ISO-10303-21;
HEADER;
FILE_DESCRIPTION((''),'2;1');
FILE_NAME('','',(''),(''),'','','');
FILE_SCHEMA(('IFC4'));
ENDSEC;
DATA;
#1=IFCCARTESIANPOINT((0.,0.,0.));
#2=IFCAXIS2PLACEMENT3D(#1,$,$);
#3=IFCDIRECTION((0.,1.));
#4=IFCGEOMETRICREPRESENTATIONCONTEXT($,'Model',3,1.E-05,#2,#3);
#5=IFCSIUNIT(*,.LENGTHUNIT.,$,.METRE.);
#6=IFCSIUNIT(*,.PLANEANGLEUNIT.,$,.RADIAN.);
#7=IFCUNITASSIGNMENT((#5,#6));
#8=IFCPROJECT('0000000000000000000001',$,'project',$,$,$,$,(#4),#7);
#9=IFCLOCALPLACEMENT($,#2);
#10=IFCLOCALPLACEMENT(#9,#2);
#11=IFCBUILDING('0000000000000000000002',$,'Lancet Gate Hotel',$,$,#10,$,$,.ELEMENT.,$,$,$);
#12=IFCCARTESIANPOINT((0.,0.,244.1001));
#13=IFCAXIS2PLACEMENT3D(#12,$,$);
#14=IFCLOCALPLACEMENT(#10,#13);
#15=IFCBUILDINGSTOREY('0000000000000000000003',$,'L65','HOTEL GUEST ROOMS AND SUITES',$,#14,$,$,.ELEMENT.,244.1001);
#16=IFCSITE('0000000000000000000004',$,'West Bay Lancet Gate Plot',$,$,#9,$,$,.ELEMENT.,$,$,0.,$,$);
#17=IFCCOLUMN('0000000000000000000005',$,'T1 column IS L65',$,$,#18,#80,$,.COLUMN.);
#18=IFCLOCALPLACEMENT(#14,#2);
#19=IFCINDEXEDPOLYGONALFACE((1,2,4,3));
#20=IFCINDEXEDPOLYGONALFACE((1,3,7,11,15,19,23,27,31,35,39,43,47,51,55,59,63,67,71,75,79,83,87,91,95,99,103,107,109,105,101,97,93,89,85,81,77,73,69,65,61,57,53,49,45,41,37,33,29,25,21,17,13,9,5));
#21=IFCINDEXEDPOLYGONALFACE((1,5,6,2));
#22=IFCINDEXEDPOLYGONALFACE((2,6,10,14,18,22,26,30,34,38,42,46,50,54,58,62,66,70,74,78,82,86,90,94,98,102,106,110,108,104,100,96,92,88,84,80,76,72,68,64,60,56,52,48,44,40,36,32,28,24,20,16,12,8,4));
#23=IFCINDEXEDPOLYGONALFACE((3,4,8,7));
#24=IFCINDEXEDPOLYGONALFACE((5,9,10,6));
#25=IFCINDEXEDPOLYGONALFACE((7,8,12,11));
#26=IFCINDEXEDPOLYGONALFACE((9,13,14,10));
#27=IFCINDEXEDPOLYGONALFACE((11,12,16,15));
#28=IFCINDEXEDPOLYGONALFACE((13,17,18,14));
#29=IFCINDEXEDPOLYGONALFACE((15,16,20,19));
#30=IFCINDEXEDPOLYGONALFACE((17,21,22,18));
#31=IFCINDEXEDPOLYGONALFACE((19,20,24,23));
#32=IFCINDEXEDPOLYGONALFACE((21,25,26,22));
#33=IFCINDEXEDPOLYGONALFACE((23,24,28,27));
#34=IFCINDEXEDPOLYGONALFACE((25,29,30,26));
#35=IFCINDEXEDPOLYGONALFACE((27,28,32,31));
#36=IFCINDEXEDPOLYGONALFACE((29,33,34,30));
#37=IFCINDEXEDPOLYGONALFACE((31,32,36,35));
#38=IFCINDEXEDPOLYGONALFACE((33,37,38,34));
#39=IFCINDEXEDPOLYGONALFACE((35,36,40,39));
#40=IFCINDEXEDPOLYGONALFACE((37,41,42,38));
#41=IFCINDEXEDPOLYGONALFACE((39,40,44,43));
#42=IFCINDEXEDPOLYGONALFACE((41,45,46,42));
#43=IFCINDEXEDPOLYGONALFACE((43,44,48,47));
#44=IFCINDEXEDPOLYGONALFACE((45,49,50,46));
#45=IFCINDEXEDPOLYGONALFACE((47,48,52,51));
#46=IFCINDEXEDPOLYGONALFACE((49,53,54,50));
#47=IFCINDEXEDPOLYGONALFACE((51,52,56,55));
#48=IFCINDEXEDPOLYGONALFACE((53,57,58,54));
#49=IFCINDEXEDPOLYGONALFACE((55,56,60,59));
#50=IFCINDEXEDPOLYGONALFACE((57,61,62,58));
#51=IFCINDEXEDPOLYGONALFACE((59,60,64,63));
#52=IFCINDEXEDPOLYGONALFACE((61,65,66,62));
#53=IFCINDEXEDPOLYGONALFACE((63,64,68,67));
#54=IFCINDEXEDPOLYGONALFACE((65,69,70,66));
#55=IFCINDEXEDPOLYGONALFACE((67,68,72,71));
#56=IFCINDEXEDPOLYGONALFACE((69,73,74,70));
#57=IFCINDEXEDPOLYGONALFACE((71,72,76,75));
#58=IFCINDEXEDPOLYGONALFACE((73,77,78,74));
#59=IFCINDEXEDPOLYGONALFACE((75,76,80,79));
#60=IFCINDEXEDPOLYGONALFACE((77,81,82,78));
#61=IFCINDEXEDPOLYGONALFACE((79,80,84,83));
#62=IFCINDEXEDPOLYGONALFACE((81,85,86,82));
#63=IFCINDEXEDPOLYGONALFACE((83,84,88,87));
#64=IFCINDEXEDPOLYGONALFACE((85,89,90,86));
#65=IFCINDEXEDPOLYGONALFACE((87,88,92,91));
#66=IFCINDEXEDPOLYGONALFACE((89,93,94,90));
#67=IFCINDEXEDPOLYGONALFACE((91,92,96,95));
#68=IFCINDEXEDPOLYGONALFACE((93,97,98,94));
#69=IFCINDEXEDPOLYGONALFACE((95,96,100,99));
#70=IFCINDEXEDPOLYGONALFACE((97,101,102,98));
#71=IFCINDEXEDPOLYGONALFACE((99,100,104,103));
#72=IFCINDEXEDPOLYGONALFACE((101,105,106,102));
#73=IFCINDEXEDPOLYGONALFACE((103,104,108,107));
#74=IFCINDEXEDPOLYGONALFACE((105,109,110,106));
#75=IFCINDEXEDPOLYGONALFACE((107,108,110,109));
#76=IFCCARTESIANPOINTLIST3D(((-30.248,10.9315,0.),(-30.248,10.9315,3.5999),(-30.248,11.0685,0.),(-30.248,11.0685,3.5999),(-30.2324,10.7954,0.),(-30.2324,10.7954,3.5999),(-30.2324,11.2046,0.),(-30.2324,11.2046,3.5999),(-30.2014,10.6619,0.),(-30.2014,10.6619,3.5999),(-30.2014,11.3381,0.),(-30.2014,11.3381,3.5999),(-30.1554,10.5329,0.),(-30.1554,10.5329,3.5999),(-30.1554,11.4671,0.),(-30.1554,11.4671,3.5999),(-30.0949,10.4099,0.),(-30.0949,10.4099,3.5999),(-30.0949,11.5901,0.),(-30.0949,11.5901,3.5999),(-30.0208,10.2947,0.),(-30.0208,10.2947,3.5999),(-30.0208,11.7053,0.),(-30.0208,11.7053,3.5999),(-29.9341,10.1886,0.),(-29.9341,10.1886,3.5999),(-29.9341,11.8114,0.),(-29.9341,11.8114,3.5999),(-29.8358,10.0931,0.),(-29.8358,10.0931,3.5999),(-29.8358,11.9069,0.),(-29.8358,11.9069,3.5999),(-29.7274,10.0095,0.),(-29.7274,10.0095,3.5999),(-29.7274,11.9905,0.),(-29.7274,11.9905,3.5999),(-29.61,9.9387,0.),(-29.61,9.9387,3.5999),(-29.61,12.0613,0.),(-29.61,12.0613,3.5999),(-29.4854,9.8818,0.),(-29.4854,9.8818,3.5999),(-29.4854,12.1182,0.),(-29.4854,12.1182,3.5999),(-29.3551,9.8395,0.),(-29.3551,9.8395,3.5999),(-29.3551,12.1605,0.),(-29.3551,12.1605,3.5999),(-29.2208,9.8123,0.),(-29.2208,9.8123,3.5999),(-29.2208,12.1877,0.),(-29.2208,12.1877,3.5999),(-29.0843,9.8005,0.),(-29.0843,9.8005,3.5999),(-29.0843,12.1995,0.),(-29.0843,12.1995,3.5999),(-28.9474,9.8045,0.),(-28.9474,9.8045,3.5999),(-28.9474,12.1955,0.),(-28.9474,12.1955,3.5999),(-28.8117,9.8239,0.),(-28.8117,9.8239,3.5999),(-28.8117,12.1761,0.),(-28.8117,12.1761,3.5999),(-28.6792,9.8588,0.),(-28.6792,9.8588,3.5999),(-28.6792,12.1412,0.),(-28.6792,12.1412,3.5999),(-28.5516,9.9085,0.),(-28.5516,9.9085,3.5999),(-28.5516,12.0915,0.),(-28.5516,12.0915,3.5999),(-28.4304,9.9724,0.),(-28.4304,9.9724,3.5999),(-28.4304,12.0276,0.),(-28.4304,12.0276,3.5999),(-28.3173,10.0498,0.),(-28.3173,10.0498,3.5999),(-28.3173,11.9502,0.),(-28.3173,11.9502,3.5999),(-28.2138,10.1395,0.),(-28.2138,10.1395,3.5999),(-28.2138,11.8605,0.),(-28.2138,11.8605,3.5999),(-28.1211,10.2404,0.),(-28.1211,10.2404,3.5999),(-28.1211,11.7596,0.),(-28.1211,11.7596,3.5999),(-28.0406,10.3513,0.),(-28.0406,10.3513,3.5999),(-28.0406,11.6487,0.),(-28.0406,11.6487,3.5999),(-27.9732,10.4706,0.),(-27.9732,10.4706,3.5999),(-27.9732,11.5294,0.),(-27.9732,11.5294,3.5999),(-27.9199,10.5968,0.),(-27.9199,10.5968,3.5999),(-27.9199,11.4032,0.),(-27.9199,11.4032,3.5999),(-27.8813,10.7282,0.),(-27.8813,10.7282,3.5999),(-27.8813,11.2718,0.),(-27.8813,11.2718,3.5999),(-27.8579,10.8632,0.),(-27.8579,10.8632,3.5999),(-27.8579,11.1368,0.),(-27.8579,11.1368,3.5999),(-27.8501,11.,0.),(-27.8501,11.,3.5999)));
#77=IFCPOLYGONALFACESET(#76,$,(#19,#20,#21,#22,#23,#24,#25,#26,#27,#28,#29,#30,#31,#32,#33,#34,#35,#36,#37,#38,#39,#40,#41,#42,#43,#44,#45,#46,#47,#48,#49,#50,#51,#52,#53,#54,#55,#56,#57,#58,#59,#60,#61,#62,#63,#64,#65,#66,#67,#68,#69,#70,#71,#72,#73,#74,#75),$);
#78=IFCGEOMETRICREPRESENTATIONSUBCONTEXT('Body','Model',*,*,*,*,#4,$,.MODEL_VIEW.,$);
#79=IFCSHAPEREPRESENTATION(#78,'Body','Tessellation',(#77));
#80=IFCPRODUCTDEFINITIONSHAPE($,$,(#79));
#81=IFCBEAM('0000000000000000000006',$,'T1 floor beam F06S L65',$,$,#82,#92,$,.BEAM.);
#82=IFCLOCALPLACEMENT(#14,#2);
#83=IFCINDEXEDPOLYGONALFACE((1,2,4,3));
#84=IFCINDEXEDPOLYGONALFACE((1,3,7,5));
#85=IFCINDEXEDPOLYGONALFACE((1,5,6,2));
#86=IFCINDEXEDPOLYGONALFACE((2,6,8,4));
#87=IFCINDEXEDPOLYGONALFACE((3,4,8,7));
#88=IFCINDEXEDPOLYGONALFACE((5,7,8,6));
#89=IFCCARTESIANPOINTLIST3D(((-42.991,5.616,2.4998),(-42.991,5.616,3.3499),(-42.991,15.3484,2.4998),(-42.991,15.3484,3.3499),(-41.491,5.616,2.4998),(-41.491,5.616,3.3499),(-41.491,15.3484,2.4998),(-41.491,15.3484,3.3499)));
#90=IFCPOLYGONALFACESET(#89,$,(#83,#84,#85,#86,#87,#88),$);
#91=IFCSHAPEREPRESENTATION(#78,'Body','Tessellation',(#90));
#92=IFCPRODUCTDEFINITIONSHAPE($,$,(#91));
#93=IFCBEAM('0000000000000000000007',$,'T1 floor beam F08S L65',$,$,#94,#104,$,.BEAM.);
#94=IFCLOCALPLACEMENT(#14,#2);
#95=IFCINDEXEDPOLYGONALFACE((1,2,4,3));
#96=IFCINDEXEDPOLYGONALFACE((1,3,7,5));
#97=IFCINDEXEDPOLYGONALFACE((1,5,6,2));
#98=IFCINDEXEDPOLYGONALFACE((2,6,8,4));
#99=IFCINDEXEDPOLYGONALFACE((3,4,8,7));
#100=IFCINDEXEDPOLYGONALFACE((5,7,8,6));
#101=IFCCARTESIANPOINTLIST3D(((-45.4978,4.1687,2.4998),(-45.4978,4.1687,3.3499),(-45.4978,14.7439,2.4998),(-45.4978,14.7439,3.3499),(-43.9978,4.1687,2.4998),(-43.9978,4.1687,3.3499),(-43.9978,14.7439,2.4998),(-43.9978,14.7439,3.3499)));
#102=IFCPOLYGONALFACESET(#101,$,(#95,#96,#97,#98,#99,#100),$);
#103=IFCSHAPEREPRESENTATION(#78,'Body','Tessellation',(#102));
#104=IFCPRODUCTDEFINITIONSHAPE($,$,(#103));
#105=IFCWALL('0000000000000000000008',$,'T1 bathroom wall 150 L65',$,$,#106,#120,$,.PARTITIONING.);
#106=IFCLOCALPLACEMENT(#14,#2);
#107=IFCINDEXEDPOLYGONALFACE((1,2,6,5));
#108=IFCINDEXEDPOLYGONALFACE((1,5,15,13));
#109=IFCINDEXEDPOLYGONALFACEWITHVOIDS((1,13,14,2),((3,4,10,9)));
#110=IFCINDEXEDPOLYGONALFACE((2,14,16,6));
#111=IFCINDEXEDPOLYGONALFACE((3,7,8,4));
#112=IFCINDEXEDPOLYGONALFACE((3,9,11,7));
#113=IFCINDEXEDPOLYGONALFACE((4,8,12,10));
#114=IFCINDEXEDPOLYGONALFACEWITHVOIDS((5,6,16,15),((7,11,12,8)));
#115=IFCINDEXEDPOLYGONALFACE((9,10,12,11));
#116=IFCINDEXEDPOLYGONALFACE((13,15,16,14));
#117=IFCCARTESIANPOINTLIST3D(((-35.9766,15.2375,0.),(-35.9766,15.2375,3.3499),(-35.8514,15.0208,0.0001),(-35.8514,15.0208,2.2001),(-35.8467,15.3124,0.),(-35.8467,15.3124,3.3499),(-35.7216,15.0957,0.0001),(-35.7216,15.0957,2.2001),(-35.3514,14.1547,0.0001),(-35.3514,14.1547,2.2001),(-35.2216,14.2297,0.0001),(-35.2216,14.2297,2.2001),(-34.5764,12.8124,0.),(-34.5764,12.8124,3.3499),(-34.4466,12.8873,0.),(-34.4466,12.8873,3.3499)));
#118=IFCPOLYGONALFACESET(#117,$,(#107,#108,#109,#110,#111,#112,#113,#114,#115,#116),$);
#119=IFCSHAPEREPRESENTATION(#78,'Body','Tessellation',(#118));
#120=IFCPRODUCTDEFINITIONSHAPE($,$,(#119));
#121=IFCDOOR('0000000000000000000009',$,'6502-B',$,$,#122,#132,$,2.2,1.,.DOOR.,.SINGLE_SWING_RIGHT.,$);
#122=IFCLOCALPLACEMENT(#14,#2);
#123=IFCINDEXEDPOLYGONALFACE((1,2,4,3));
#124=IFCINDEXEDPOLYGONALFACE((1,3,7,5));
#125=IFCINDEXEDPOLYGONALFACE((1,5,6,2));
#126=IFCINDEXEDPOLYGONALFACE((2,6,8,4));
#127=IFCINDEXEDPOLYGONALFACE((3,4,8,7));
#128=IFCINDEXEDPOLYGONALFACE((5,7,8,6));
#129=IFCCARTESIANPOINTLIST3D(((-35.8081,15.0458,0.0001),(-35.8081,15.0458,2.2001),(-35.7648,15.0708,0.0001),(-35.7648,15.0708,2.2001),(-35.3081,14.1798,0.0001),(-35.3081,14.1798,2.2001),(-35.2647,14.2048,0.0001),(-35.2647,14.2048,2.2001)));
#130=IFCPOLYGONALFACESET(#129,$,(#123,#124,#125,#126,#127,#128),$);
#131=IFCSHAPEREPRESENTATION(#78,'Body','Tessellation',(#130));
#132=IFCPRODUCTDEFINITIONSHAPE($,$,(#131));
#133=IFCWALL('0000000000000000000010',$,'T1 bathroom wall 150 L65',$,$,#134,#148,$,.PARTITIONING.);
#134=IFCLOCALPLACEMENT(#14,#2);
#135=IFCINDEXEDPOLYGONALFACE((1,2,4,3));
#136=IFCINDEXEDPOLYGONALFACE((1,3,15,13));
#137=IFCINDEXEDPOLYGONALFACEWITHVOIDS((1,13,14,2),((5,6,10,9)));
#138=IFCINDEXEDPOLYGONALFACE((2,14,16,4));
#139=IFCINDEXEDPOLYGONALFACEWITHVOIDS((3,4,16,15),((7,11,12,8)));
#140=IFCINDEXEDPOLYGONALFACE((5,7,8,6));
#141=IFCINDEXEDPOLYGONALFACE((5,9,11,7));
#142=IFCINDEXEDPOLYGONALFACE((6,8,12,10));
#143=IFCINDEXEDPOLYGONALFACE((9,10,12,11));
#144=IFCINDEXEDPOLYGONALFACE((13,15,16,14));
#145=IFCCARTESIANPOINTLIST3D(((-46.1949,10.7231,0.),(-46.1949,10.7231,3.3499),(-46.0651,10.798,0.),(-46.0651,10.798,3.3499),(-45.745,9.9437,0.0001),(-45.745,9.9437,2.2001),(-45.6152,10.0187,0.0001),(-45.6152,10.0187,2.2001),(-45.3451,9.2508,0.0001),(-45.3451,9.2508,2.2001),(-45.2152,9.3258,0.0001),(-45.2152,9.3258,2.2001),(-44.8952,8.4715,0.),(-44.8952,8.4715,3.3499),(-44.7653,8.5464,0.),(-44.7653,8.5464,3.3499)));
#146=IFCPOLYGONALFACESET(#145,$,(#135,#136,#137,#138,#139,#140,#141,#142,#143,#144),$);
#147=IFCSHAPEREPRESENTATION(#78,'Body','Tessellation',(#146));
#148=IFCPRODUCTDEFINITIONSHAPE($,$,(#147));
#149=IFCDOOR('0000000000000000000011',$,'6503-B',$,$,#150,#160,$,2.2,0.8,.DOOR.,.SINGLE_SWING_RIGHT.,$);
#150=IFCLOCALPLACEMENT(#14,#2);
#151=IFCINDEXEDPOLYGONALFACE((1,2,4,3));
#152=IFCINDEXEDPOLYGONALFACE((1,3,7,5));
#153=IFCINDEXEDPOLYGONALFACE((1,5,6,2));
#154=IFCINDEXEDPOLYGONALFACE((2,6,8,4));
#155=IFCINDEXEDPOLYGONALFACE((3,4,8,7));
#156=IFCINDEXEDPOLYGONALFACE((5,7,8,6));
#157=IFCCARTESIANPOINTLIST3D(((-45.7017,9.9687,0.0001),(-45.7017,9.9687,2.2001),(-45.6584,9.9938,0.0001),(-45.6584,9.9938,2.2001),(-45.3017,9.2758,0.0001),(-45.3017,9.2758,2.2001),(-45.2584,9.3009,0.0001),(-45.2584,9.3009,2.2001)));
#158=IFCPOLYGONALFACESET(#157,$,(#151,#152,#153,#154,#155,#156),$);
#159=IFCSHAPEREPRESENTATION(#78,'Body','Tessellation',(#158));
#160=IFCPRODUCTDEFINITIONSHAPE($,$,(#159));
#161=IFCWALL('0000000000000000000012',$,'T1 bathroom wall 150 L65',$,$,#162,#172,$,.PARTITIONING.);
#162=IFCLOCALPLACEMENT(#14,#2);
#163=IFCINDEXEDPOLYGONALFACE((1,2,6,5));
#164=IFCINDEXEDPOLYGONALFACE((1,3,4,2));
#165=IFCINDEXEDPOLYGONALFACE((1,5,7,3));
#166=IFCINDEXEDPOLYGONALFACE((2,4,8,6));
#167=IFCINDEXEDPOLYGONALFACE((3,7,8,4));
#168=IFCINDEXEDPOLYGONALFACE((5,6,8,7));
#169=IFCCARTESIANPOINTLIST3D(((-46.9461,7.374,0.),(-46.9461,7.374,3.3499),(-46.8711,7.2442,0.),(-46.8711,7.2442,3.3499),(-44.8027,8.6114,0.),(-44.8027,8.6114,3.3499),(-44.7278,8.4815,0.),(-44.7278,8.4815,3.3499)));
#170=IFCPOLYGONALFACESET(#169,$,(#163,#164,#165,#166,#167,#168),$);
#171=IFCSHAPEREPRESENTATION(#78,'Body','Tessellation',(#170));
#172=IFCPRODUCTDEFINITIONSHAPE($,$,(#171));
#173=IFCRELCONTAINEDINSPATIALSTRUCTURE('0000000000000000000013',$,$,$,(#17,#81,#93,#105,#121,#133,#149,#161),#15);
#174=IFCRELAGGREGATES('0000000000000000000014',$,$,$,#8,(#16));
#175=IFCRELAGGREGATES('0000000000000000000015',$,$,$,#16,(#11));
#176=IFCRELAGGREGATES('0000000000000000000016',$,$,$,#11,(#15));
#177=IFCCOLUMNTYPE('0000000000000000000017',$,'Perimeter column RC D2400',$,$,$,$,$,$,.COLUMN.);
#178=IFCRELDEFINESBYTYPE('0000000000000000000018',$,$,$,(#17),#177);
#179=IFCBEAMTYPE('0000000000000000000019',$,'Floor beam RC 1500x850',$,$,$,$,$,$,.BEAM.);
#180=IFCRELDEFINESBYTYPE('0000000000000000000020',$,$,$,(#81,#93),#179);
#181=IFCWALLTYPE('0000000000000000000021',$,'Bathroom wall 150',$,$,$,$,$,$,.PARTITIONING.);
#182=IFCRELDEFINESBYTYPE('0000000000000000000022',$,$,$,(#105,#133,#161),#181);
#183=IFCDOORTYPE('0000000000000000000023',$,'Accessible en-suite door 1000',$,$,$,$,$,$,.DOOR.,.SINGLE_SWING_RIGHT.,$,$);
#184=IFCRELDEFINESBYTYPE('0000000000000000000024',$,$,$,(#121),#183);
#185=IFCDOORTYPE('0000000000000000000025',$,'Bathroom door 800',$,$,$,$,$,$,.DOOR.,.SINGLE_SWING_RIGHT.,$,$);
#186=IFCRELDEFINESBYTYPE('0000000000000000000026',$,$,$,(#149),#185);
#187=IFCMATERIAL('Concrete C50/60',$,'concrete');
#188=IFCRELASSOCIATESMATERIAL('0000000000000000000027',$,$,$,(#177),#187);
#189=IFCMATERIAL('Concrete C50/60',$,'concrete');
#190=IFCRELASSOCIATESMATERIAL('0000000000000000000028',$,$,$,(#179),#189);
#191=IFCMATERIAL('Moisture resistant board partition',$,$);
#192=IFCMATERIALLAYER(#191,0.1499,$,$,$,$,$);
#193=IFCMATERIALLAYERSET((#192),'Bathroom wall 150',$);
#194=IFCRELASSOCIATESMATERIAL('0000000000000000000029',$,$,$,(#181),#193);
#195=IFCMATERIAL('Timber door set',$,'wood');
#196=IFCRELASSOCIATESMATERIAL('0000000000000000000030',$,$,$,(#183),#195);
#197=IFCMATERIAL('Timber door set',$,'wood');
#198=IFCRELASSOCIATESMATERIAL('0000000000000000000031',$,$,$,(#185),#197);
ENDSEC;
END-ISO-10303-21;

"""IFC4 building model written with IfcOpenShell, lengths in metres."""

from ifc_helpers import new_model, si_unit, direction, frame, frame_2d, origin, origin_2d, place, context, subcontext, project, spatial, rectangle, circle, extrude, material, layer, layer_set, material_profile, profile_set, type_object, element, fill, save


model = new_model("IFC4")

# Units and contexts
model_context = context("Model", 3, precision=1e-05, world=origin(), true_north=direction((0.0, 1.0)))
body_context = subcontext(model_context, "Body", "Model", "MODEL_VIEW")
ifc_project = project(units=[si_unit("LENGTHUNIT", "METRE"), si_unit("PLANEANGLEUNIT", "RADIAN")], contexts=[model_context])

# Site, building, storey
site_placement = place(None, origin())
site = spatial("IfcSite", under=ifc_project, at=site_placement, Name="West Bay Lancet Gate Plot", CompositionType="ELEMENT", RefElevation=0.0)
building_placement = place(site_placement, origin())
building = spatial("IfcBuilding", under=site, at=building_placement, Name="Lancet Gate Hotel", CompositionType="ELEMENT")
storey_placement = place(building_placement, frame((0.0, 0.0, 244.1001)))
storey = spatial("IfcBuildingStorey", under=building, at=storey_placement, Name="L65", Description="HOTEL GUEST ROOMS AND SUITES", CompositionType="ELEMENT", Elevation=244.1001)

# Column
ifc_material_1 = material(Name="Concrete C50/60", Category="concrete")
ifc_material_profile_1 = material_profile(ifc_material_1, circle(Radius=1.2, at=origin_2d()), Name="RC D2400")
ifc_profile_set_1 = profile_set([ifc_material_profile_1], Name="Concrete C50/60")
column_type = type_object("IfcColumnType", Name="Perimeter column RC D2400", PredefinedType="COLUMN", material=ifc_profile_set_1)
column_placement = place(storey_placement, frame((-29.05, 11.0, 0.0), z_axis=(0.0, 0.0, 1.0), x_axis=(1.0, 0.0, 0.0)))
element("IfcColumn", 1, at=column_placement, inside=storey, type_object=column_type, Name="T1 column IS L65", PredefinedType="COLUMN", context=body_context, shape_type="SweptSolid", body=[
    extrude(circle(Radius=1.2, at=origin_2d()), origin(), (0.0, 0.0, 1.0), 3.5999),
])

# Beams
ifc_material_2 = material(Name="Concrete C50/60", Category="concrete")
ifc_material_profile_2 = material_profile(ifc_material_2, rectangle(XDim=1.5, YDim=0.8501, at=origin_2d()), Name="RC 1500x850")
ifc_profile_set_2 = profile_set([ifc_material_profile_2], Name="Concrete C50/60")
beam_type = type_object("IfcBeamType", Name="Floor beam RC 1500x850", PredefinedType="BEAM", material=ifc_profile_set_2)
beam_1_placement = place(storey_placement, frame((-42.241, 15.3484, 2.9248), z_axis=(0.0, -1.0, 0.0), x_axis=(1.0, 0.0, 0.0)))
element("IfcBeam", 2, at=beam_1_placement, inside=storey, type_object=beam_type, Name="T1 floor beam F06S L65", PredefinedType="BEAM", context=body_context, shape_type="SweptSolid", body=[
    extrude(rectangle(XDim=1.5, YDim=0.8501, at=origin_2d()), origin(), (0.0, 0.0, 1.0), 9.7324),
])
beam_2_placement = place(storey_placement, frame((-44.7478, 14.7439, 2.9248), z_axis=(0.0, -1.0, 0.0), x_axis=(1.0, 0.0, 0.0)))
element("IfcBeam", 3, at=beam_2_placement, inside=storey, type_object=beam_type, Name="T1 floor beam F08S L65", PredefinedType="BEAM", context=body_context, shape_type="SweptSolid", body=[
    extrude(rectangle(XDim=1.5, YDim=0.8501, at=origin_2d()), origin(), (0.0, 0.0, 1.0), 10.5752),
])

# Walls, openings, doors
ifc_material_3 = material(Name="Moisture resistant board partition")
ifc_layer_1 = layer(ifc_material_3, 0.1499)
ifc_layer_set_1 = layer_set([ifc_layer_1], Name="Bathroom wall 150")
wall_type_1 = type_object("IfcWallType", Name="Bathroom wall 150", PredefinedType="PARTITIONING", material=ifc_layer_set_1)
wall_1_placement = place(storey_placement, frame((-34.5115, 12.8499, 0.0), z_axis=(0.0, 0.0, 1.0), x_axis=(-0.500012, 0.866019, 0.0)))
wall_1 = element("IfcWall", 4, at=wall_1_placement, inside=storey, type_object=wall_type_1, Name="T1 bathroom wall 150 L65", PredefinedType="PARTITIONING", context=body_context, shape_type="SweptSolid", body=[
    extrude(rectangle(XDim=2.8003, YDim=0.1499, at=frame_2d((1.4001, 0.0))), origin(), (0.0, 0.0, 1.0), 3.3499),
])
opening_1_placement = place(wall_1_placement, frame((1.55, 0.0, 0.0)))
opening_1 = element("IfcOpeningElement", 5, at=opening_1_placement, cuts=wall_1, PredefinedType="OPENING", context=body_context, shape_type="SweptSolid", body=[
    extrude(rectangle(XDim=1.0, YDim=2.2, at=frame_2d((0.5, 1.1001))), frame((0.0, 0.085, 0.0), z_axis=(0.0, -1.0, 0.0), x_axis=(1.0, 0.0, 0.0)), (0.0, 0.0, 1.0), 0.1699),
])
ifc_material_4 = material(Name="Timber door set", Category="wood")
door_type_1 = type_object("IfcDoorType", Name="Accessible en-suite door 1000", OperationType="SINGLE_SWING_RIGHT", PredefinedType="DOOR", material=ifc_material_4)
door_1_placement = place(opening_1_placement, origin())
door_1 = element("IfcDoor", 6, at=door_1_placement, inside=storey, type_object=door_type_1, Name="6502-B", OperationType="SINGLE_SWING_RIGHT", OverallHeight=2.2, OverallWidth=1.0, PredefinedType="DOOR", context=body_context, shape_type="SweptSolid", body=[
    extrude(rectangle(XDim=1.0, YDim=2.2, at=frame_2d((0.5, 1.1001))), frame((0.0, 0.0249, 0.0), z_axis=(0.0, -1.0, 0.0), x_axis=(1.0, 0.0, 0.0)), (0.0, 0.0, 1.0), 0.05),
])
fill(opening_1, door_1)
wall_2_placement = place(storey_placement, frame((-44.8303, 8.509, 0.0), z_axis=(0.0, 0.0, 1.0), x_axis=(-0.499937, 0.866062, 0.0)))
wall_2 = element("IfcWall", 7, at=wall_2_placement, inside=storey, type_object=wall_type_1, Name="T1 bathroom wall 150 L65", PredefinedType="PARTITIONING", context=body_context, shape_type="SweptSolid", body=[
    extrude(rectangle(XDim=2.5999, YDim=0.1499, at=frame_2d((1.2998, 0.0))), origin(), (0.0, 0.0, 1.0), 3.3499),
])
opening_2_placement = place(wall_2_placement, frame((0.8999, 0.0, 0.0)))
opening_2 = element("IfcOpeningElement", 8, at=opening_2_placement, cuts=wall_2, PredefinedType="OPENING", context=body_context, shape_type="SweptSolid", body=[
    extrude(rectangle(XDim=0.8, YDim=2.2, at=frame_2d((0.3999, 1.1001))), frame((0.0, 0.085, 0.0), z_axis=(0.0, -1.0, 0.0), x_axis=(1.0, 0.0, 0.0)), (0.0, 0.0, 1.0), 0.1699),
])
ifc_material_5 = material(Name="Timber door set", Category="wood")
door_type_2 = type_object("IfcDoorType", Name="Bathroom door 800", OperationType="SINGLE_SWING_RIGHT", PredefinedType="DOOR", material=ifc_material_5)
door_2_placement = place(opening_2_placement, origin())
door_2 = element("IfcDoor", 9, at=door_2_placement, inside=storey, type_object=door_type_2, Name="6503-B", OperationType="SINGLE_SWING_RIGHT", OverallHeight=2.2, OverallWidth=0.8, PredefinedType="DOOR", context=body_context, shape_type="SweptSolid", body=[
    extrude(rectangle(XDim=0.8, YDim=2.2, at=frame_2d((0.3999, 1.1001))), frame((0.0, 0.0249, 0.0), z_axis=(0.0, -1.0, 0.0), x_axis=(1.0, 0.0, 0.0)), (0.0, 0.0, 1.0), 0.05),
])
fill(opening_2, door_2)

# Wall
wall_3_placement = place(storey_placement, frame((-44.7654, 8.5464, 0.0), z_axis=(0.0, 0.0, 1.0), x_axis=(-0.866049, -0.499959, 0.0)))
element("IfcWall", 10, at=wall_3_placement, inside=storey, type_object=wall_type_1, Name="T1 bathroom wall 150 L65", PredefinedType="PARTITIONING", context=body_context, shape_type="SweptSolid", body=[
    extrude(rectangle(XDim=2.4749, YDim=0.1499, at=frame_2d((1.2373, 0.0))), origin(), (0.0, 0.0, 1.0), 3.3499),
])

save(model, "model.ifc")
